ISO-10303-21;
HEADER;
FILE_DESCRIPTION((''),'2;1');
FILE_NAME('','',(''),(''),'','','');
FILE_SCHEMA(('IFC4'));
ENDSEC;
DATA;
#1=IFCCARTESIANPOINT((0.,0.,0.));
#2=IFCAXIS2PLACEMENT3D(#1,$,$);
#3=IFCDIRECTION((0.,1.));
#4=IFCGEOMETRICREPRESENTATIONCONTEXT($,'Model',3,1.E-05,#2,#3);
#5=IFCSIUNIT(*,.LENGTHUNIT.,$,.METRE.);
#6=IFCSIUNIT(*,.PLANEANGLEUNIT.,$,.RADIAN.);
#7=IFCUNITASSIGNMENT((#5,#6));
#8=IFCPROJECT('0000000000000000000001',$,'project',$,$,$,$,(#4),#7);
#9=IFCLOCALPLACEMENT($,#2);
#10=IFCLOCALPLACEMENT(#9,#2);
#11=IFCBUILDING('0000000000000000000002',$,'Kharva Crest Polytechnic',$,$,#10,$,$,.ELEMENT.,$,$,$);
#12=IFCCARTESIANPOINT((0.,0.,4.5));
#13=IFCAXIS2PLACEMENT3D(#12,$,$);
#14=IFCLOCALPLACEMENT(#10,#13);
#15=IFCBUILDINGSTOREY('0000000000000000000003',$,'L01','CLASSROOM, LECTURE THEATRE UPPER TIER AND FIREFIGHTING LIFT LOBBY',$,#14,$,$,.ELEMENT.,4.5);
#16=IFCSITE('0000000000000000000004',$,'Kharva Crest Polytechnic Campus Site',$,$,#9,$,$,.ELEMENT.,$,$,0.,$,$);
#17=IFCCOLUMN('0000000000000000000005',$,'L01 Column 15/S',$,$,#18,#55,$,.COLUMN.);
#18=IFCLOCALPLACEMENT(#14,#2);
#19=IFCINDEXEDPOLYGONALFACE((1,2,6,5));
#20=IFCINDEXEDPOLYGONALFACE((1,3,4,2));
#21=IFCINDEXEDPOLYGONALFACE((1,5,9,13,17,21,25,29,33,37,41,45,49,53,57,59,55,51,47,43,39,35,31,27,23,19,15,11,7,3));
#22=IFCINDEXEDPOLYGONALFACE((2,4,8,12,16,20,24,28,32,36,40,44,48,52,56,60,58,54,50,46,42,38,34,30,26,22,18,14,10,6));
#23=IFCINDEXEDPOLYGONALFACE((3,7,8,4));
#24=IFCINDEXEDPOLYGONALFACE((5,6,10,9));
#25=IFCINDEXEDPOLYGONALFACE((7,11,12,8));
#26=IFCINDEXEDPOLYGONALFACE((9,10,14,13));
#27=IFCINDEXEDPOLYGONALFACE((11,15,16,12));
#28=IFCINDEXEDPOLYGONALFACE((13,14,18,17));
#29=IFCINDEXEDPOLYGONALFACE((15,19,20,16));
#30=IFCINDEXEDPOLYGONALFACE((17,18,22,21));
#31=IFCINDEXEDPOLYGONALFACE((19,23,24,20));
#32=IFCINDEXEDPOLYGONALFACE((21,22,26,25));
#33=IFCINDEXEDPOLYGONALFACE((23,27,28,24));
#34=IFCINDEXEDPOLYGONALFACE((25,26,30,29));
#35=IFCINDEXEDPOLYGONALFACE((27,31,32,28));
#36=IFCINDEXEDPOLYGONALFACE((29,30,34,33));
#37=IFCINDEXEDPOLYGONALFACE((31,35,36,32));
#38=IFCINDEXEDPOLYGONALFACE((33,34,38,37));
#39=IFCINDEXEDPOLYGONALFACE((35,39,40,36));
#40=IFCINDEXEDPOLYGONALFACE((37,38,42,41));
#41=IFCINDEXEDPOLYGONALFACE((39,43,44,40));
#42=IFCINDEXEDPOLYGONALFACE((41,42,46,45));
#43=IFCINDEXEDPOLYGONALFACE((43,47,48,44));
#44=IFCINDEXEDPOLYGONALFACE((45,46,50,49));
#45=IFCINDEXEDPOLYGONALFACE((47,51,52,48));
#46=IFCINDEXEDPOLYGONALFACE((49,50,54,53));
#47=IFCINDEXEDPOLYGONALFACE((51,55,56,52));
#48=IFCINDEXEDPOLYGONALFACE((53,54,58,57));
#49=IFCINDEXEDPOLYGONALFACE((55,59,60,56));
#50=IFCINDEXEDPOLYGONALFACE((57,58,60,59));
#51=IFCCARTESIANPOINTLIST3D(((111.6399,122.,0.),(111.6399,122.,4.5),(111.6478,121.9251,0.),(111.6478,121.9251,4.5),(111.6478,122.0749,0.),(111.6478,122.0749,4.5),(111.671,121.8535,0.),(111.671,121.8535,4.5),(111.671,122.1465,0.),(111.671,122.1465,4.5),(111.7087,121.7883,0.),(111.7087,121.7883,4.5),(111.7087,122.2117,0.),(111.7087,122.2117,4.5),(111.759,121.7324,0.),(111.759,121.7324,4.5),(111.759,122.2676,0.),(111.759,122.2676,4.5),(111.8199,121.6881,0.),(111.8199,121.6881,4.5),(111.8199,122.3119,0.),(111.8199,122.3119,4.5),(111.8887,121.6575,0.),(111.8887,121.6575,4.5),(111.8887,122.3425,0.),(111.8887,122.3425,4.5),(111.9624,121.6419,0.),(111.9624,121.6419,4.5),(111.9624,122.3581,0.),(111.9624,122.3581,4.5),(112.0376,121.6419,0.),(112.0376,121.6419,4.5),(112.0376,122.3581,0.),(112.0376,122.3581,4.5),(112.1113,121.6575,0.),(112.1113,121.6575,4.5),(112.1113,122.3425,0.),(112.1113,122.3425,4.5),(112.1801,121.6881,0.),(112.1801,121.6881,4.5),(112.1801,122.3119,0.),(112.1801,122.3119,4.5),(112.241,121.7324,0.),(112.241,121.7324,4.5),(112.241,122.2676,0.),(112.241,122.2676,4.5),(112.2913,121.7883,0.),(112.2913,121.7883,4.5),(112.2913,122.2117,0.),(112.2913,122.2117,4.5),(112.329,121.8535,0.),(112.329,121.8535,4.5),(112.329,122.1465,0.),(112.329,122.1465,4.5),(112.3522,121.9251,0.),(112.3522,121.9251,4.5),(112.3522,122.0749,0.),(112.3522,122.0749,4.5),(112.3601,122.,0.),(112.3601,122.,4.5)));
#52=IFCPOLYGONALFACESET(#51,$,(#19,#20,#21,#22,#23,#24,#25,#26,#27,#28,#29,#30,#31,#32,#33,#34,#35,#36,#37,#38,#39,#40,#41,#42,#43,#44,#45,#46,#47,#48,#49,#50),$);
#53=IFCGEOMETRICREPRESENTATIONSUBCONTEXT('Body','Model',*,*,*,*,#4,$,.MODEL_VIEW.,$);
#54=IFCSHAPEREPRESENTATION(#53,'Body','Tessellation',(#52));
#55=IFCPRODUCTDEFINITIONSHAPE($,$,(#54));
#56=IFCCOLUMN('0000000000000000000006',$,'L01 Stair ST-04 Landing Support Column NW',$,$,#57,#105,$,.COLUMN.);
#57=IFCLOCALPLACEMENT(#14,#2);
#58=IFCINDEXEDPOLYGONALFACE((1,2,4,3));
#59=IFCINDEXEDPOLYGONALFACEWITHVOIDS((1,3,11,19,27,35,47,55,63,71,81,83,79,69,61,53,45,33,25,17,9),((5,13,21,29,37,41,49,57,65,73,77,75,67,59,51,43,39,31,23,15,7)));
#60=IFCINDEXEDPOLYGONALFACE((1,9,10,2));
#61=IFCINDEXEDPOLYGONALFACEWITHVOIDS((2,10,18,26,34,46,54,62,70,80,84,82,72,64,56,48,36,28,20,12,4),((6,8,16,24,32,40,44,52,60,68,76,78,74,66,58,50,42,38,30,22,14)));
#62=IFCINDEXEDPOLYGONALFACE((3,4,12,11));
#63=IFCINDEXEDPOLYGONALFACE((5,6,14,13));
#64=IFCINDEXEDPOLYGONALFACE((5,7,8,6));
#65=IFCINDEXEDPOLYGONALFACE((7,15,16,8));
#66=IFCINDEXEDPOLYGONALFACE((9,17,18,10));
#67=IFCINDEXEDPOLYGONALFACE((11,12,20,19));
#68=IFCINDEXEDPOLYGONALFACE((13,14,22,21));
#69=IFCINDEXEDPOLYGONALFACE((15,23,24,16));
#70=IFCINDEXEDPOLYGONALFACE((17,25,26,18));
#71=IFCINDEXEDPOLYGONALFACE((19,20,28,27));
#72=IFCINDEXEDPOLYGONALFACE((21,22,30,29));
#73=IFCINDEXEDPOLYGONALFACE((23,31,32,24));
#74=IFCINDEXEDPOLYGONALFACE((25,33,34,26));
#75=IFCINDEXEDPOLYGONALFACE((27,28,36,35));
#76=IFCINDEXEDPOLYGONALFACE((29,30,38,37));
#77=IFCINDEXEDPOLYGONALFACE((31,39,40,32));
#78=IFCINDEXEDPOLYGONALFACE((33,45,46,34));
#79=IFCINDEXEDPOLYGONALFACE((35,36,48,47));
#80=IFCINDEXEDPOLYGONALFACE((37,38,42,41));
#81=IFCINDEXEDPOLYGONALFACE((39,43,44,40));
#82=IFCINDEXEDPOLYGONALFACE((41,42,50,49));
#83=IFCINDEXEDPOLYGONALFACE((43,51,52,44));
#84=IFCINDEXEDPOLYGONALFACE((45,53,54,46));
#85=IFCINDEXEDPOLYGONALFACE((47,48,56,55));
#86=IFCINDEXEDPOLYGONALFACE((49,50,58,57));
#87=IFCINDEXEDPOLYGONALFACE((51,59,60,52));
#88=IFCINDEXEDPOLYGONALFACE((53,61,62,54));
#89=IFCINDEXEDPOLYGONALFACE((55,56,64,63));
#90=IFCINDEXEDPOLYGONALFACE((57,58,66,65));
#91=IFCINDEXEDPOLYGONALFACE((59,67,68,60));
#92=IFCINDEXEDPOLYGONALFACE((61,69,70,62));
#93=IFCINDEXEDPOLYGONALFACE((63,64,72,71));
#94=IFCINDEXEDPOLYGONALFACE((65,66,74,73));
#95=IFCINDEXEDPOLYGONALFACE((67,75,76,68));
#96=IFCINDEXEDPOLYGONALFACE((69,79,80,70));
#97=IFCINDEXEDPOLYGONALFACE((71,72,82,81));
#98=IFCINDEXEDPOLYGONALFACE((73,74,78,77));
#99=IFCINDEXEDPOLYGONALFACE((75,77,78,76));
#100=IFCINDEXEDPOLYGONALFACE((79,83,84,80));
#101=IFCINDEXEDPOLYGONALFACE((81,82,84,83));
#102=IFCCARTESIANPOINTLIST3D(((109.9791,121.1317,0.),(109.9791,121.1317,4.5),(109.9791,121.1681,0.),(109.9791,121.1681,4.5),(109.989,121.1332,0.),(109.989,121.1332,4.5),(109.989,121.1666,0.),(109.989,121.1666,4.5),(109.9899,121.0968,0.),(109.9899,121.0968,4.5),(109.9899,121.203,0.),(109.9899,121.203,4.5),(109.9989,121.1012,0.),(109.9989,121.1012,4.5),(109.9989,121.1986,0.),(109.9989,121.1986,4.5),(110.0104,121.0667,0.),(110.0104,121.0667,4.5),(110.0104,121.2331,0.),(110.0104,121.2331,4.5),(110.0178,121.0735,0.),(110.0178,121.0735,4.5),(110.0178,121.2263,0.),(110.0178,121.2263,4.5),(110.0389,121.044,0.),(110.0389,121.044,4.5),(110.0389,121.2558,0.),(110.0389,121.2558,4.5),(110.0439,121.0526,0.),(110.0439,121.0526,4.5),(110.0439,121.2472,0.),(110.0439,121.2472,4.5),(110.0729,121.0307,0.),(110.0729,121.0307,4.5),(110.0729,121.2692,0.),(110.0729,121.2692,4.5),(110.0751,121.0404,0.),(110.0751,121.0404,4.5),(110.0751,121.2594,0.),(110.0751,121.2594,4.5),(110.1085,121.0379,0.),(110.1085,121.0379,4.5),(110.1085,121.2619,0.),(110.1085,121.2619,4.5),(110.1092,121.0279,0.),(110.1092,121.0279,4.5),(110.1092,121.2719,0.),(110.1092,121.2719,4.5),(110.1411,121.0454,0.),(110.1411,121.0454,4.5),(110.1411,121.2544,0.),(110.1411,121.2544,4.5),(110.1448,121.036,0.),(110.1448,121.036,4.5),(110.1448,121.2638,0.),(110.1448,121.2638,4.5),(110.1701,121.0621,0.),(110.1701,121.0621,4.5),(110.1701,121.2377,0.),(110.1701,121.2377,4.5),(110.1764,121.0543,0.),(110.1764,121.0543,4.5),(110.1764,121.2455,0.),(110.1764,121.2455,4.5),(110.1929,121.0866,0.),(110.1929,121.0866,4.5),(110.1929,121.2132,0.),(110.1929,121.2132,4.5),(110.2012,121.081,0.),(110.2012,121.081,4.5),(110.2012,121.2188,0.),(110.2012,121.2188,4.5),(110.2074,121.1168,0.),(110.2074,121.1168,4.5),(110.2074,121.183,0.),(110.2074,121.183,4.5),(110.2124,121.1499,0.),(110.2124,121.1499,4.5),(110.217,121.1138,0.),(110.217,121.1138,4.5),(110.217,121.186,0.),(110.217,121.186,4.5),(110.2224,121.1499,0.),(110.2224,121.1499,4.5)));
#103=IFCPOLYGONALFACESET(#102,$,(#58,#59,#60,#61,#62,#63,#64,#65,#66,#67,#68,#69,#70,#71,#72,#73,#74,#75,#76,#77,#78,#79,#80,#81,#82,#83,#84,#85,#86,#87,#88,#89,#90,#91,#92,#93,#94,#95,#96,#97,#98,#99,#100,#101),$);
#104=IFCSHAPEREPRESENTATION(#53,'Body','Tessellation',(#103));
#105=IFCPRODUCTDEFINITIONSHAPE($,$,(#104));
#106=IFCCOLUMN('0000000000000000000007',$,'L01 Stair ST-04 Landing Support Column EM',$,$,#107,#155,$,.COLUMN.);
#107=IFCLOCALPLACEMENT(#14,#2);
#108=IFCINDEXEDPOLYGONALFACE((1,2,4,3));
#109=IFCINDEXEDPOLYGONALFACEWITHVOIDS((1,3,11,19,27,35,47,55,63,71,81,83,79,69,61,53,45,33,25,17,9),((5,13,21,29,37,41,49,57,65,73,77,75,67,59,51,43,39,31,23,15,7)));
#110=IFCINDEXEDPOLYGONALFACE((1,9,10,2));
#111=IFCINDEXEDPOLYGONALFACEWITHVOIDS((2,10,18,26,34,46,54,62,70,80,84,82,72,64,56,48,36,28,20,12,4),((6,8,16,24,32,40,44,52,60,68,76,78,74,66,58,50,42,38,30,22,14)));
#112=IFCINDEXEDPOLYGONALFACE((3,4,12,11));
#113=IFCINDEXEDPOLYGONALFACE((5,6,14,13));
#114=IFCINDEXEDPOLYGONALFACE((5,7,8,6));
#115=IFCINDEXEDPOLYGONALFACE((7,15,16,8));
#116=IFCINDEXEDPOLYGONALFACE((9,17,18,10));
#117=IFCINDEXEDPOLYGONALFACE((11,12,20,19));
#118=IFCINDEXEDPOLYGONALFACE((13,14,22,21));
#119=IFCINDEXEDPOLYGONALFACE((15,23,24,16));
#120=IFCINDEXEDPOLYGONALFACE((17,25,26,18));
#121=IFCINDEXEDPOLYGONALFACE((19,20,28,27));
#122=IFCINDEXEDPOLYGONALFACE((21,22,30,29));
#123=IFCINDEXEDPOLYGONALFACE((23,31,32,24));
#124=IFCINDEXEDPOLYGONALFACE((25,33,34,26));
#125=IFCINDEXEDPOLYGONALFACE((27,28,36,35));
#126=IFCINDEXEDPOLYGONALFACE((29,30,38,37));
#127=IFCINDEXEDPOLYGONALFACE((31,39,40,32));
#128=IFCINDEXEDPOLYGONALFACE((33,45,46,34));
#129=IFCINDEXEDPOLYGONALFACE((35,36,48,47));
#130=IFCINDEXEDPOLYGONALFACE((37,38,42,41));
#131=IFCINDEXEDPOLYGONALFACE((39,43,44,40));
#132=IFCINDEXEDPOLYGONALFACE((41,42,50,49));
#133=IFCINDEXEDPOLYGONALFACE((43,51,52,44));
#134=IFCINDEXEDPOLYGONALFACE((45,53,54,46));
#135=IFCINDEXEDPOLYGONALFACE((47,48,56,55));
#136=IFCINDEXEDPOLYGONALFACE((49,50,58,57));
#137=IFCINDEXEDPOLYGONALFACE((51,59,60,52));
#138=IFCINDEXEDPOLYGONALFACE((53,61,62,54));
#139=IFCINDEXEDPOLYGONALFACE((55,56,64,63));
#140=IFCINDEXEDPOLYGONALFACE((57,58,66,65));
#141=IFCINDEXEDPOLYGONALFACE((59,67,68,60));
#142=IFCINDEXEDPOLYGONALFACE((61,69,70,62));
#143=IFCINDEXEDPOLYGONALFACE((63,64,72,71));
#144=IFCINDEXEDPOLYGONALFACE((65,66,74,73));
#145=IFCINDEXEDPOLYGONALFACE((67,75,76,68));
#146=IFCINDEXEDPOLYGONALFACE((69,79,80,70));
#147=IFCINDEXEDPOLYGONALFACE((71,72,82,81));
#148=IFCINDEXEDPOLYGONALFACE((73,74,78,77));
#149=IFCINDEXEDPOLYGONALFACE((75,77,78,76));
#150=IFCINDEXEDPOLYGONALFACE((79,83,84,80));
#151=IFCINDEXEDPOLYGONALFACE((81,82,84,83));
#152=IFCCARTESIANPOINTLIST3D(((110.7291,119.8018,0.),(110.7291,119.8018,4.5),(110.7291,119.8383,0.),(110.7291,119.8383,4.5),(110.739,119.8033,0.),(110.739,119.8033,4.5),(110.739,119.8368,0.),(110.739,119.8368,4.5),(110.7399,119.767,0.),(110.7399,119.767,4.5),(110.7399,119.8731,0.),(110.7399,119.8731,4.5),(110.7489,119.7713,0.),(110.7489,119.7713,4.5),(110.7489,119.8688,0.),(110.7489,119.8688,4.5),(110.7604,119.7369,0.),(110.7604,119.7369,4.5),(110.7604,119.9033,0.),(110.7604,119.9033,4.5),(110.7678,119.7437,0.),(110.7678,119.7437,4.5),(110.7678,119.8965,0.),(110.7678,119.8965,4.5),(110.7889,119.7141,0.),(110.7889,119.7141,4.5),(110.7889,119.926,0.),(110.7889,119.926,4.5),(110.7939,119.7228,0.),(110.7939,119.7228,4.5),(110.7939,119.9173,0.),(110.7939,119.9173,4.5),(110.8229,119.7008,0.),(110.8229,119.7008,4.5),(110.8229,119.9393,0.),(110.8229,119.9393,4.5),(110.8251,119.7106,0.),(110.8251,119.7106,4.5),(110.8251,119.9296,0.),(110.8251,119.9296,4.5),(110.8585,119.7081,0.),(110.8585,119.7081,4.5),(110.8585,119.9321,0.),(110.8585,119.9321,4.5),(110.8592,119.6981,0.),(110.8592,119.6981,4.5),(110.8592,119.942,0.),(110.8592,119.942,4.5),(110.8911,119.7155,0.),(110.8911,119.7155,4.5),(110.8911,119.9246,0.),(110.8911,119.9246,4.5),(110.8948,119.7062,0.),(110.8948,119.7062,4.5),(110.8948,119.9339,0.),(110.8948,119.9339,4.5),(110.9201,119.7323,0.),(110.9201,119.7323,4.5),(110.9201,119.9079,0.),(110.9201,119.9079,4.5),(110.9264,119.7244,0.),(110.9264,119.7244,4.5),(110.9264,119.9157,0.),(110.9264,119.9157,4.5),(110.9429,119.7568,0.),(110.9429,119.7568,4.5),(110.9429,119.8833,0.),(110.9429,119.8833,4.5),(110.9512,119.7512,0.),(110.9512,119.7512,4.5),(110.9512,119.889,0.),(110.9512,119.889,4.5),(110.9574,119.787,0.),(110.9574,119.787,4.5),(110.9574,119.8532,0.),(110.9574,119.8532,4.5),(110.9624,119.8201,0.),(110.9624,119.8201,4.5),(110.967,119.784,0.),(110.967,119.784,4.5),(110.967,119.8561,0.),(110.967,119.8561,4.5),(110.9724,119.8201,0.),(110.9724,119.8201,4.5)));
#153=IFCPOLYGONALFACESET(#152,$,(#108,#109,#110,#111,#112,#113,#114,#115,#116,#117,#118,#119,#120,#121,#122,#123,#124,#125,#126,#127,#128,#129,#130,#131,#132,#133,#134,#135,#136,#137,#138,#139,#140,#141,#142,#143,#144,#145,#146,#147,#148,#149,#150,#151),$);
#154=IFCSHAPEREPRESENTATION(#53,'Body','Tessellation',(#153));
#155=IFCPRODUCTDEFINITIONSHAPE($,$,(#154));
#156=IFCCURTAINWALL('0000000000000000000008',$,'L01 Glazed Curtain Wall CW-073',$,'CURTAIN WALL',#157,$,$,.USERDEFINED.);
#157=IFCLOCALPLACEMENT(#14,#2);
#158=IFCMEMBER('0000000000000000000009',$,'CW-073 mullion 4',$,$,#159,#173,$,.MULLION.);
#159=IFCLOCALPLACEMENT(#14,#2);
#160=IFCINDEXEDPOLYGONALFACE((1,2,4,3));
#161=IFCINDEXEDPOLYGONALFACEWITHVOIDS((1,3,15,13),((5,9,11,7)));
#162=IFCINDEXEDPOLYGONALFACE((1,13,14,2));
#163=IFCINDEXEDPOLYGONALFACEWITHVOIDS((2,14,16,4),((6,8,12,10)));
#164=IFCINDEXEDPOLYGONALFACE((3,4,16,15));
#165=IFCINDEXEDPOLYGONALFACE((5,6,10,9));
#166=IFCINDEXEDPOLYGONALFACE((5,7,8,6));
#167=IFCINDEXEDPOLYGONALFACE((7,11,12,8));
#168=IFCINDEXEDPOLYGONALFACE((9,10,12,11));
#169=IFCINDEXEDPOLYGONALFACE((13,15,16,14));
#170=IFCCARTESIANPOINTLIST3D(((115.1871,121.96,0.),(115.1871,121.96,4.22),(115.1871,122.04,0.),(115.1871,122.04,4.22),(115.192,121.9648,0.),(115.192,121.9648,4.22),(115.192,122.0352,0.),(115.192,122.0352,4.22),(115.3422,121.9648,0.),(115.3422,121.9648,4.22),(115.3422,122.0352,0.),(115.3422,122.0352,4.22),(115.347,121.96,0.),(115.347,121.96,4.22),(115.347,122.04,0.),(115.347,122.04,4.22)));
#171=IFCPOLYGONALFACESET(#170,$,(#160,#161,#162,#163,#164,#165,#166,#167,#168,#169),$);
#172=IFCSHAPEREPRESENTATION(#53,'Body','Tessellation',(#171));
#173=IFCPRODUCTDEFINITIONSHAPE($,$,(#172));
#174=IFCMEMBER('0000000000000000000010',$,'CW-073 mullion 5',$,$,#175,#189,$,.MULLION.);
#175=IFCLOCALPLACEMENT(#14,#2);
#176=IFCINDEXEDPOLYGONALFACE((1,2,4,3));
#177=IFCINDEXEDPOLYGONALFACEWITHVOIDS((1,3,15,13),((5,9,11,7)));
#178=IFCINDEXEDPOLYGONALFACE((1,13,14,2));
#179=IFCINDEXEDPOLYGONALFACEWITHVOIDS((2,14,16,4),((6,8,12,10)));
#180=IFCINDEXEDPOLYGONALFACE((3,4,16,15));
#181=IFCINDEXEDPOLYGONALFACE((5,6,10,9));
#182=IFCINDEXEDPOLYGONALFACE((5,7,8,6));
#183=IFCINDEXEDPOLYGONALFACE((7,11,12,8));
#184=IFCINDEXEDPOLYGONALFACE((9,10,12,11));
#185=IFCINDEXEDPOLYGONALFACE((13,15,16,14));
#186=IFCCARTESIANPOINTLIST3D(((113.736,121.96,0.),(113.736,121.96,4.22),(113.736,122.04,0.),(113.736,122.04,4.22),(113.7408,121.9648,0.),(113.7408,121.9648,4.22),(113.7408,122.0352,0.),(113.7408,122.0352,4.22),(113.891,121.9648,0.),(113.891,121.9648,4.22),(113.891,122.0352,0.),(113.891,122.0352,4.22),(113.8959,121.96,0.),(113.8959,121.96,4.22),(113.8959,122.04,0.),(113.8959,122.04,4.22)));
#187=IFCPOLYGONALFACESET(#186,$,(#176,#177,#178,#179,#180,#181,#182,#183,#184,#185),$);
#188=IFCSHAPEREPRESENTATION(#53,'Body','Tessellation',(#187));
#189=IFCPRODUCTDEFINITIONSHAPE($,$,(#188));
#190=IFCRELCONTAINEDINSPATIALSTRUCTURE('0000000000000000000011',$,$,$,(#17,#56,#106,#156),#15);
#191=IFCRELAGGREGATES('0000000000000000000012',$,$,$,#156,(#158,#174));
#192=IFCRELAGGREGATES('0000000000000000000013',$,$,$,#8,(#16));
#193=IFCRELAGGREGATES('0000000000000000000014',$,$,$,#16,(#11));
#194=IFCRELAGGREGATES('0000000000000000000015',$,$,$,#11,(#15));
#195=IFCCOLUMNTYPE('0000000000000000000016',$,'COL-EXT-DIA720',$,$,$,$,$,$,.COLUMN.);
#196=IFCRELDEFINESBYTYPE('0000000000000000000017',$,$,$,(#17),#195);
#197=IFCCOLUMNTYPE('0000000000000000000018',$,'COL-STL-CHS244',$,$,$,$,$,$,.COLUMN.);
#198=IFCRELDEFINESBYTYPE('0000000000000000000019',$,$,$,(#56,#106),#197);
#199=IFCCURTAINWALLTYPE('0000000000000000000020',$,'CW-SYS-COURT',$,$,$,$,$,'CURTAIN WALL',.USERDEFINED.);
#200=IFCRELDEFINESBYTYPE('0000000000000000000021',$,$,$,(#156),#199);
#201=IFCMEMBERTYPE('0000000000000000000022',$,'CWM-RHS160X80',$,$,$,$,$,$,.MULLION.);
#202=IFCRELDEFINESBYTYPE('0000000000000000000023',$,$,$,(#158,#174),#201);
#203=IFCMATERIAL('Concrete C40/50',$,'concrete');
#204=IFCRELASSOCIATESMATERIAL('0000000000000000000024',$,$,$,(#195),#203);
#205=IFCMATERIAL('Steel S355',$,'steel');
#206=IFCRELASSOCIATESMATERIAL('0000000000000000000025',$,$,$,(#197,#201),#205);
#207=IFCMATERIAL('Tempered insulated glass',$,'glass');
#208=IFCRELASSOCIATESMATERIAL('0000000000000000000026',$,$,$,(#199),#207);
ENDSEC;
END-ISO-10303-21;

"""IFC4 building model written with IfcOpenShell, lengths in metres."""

from ifc_helpers import new_model, si_unit, direction, frame, origin, origin_2d, place, context, subcontext, project, spatial, hollow_rectangle, circle, hollow_circle, extrude, material, material_profile, profile_set, type_object, element, aggregate, save


model = new_model("IFC4")

# Units and contexts
model_context = context("Model", 3, precision=1e-05, world=origin(), true_north=direction((0.0, 1.0)))
body_context = subcontext(model_context, "Body", "Model", "MODEL_VIEW")
ifc_project = project(units=[si_unit("LENGTHUNIT", "METRE"), si_unit("PLANEANGLEUNIT", "RADIAN")], contexts=[model_context])

# Site, building, storey
site_placement = place(None, origin())
site = spatial("IfcSite", under=ifc_project, at=site_placement, Name="Kharva Crest Polytechnic Campus Site", CompositionType="ELEMENT", RefElevation=0.0)
building_placement = place(site_placement, origin())
building = spatial("IfcBuilding", under=site, at=building_placement, Name="Kharva Crest Polytechnic", CompositionType="ELEMENT")
storey_placement = place(building_placement, frame((0.0, 0.0, 4.5)))
storey = spatial("IfcBuildingStorey", under=building, at=storey_placement, Name="L01", Description="CLASSROOM, LECTURE THEATRE UPPER TIER AND FIREFIGHTING LIFT LOBBY", CompositionType="ELEMENT", Elevation=4.5)

# Columns
ifc_material_1 = material(Name="Concrete C40/50", Category="concrete")
ifc_material_profile_1 = material_profile(ifc_material_1, circle(Radius=0.3601, at=origin_2d()), Name="DIA 720")
ifc_profile_set_1 = profile_set([ifc_material_profile_1], Name="Concrete C40/50")
column_type_1 = type_object("IfcColumnType", Name="COL-EXT-DIA720", PredefinedType="COLUMN", material=ifc_profile_set_1)
column_placement = place(storey_placement, frame((112.0, 122.0, 0.0), z_axis=(0.0, 0.0, 1.0), x_axis=(1.0, 0.0, 0.0)))
element("IfcColumn", 1, at=column_placement, inside=storey, type_object=column_type_1, Name="L01 Column 15/S", PredefinedType="COLUMN", context=body_context, shape_type="SweptSolid", body=[
    extrude(circle(Radius=0.3601, at=origin_2d()), origin(), (0.0, 0.0, 1.0), 4.5),
])
ifc_material_2 = material(Name="Steel S355", Category="steel")
ifc_material_profile_2 = material_profile(ifc_material_2, hollow_circle(Radius=0.1223, WallThickness=0.01, at=origin_2d()), Name="CHS 244.5X10.0")
ifc_profile_set_2 = profile_set([ifc_material_profile_2], Name="Steel S355")
column_type_2 = type_object("IfcColumnType", Name="COL-STL-CHS244", PredefinedType="COLUMN", material=ifc_profile_set_2)
for number, where, z_axis, x_axis, name in (
    (2, (110.1001, 121.1499, 0.0), (0.0, 0.0, 1.0), (1.0, 0.0, 0.0), "L01 Stair ST-04 Landing Support Column NW"),
    (3, (110.8501, 119.8201, 0.0), (0.0, 0.0, 1.0), (1.0, 0.0, 0.0), "L01 Stair ST-04 Landing Support Column EM"),
):
    element("IfcColumn", number, at=place(storey_placement, frame(where, z_axis=z_axis, x_axis=x_axis)), inside=storey, type_object=column_type_2, Name=name, PredefinedType="COLUMN", context=body_context, shape_type="SweptSolid", body=[
        extrude(hollow_circle(Radius=0.1223, WallThickness=0.01, at=origin_2d()), origin(), (0.0, 0.0, 1.0), 4.5),
    ])

# Curtain wall, members
ifc_material_3 = material(Name="Tempered insulated glass", Category="glass")
curtain_wall_type = type_object("IfcCurtainWallType", Name="CW-SYS-COURT", ElementType="CURTAIN WALL", PredefinedType="USERDEFINED", material=ifc_material_3)
curtain_wall_placement = place(storey_placement, origin())
curtain_wall = element("IfcCurtainWall", 4, at=curtain_wall_placement, inside=storey, type_object=curtain_wall_type, Name="L01 Glazed Curtain Wall CW-073", ObjectType="CURTAIN WALL", PredefinedType="USERDEFINED")
ifc_material_profile_3 = material_profile(ifc_material_2, hollow_rectangle(XDim=0.0801, YDim=0.1599, WallThickness=0.0049, at=origin_2d()), Name="RHS 160X80X5.0")
ifc_profile_set_3 = profile_set([ifc_material_profile_3], Name="Steel S355")
member_type_1 = type_object("IfcMemberType", Name="CWM-RHS160X80", PredefinedType="MULLION", material=ifc_profile_set_3)
member_1_placement = place(storey_placement, frame((115.2671, 122.0, 0.0), z_axis=(0.0, 0.0, 1.0), x_axis=(0.0, -1.0, 0.0)))
member_1 = element("IfcMember", 5, at=member_1_placement, type_object=member_type_1, Name="CW-073 mullion 4", PredefinedType="MULLION", context=body_context, shape_type="SweptSolid", body=[
    extrude(hollow_rectangle(XDim=0.0801, YDim=0.1599, WallThickness=0.0049, at=origin_2d()), origin(), (0.0, 0.0, 1.0), 4.22),
])
member_2_placement = place(storey_placement, frame((113.8159, 122.0, 0.0), z_axis=(0.0, 0.0, 1.0), x_axis=(0.0, -1.0, 0.0)))
member_2 = element("IfcMember", 6, at=member_2_placement, type_object=member_type_1, Name="CW-073 mullion 5", PredefinedType="MULLION", context=body_context, shape_type="SweptSolid", body=[
    extrude(hollow_rectangle(XDim=0.0801, YDim=0.1599, WallThickness=0.0049, at=origin_2d()), origin(), (0.0, 0.0, 1.0), 4.22),
])
aggregate(curtain_wall, [member_1, member_2])

save(model, "model.ifc")
